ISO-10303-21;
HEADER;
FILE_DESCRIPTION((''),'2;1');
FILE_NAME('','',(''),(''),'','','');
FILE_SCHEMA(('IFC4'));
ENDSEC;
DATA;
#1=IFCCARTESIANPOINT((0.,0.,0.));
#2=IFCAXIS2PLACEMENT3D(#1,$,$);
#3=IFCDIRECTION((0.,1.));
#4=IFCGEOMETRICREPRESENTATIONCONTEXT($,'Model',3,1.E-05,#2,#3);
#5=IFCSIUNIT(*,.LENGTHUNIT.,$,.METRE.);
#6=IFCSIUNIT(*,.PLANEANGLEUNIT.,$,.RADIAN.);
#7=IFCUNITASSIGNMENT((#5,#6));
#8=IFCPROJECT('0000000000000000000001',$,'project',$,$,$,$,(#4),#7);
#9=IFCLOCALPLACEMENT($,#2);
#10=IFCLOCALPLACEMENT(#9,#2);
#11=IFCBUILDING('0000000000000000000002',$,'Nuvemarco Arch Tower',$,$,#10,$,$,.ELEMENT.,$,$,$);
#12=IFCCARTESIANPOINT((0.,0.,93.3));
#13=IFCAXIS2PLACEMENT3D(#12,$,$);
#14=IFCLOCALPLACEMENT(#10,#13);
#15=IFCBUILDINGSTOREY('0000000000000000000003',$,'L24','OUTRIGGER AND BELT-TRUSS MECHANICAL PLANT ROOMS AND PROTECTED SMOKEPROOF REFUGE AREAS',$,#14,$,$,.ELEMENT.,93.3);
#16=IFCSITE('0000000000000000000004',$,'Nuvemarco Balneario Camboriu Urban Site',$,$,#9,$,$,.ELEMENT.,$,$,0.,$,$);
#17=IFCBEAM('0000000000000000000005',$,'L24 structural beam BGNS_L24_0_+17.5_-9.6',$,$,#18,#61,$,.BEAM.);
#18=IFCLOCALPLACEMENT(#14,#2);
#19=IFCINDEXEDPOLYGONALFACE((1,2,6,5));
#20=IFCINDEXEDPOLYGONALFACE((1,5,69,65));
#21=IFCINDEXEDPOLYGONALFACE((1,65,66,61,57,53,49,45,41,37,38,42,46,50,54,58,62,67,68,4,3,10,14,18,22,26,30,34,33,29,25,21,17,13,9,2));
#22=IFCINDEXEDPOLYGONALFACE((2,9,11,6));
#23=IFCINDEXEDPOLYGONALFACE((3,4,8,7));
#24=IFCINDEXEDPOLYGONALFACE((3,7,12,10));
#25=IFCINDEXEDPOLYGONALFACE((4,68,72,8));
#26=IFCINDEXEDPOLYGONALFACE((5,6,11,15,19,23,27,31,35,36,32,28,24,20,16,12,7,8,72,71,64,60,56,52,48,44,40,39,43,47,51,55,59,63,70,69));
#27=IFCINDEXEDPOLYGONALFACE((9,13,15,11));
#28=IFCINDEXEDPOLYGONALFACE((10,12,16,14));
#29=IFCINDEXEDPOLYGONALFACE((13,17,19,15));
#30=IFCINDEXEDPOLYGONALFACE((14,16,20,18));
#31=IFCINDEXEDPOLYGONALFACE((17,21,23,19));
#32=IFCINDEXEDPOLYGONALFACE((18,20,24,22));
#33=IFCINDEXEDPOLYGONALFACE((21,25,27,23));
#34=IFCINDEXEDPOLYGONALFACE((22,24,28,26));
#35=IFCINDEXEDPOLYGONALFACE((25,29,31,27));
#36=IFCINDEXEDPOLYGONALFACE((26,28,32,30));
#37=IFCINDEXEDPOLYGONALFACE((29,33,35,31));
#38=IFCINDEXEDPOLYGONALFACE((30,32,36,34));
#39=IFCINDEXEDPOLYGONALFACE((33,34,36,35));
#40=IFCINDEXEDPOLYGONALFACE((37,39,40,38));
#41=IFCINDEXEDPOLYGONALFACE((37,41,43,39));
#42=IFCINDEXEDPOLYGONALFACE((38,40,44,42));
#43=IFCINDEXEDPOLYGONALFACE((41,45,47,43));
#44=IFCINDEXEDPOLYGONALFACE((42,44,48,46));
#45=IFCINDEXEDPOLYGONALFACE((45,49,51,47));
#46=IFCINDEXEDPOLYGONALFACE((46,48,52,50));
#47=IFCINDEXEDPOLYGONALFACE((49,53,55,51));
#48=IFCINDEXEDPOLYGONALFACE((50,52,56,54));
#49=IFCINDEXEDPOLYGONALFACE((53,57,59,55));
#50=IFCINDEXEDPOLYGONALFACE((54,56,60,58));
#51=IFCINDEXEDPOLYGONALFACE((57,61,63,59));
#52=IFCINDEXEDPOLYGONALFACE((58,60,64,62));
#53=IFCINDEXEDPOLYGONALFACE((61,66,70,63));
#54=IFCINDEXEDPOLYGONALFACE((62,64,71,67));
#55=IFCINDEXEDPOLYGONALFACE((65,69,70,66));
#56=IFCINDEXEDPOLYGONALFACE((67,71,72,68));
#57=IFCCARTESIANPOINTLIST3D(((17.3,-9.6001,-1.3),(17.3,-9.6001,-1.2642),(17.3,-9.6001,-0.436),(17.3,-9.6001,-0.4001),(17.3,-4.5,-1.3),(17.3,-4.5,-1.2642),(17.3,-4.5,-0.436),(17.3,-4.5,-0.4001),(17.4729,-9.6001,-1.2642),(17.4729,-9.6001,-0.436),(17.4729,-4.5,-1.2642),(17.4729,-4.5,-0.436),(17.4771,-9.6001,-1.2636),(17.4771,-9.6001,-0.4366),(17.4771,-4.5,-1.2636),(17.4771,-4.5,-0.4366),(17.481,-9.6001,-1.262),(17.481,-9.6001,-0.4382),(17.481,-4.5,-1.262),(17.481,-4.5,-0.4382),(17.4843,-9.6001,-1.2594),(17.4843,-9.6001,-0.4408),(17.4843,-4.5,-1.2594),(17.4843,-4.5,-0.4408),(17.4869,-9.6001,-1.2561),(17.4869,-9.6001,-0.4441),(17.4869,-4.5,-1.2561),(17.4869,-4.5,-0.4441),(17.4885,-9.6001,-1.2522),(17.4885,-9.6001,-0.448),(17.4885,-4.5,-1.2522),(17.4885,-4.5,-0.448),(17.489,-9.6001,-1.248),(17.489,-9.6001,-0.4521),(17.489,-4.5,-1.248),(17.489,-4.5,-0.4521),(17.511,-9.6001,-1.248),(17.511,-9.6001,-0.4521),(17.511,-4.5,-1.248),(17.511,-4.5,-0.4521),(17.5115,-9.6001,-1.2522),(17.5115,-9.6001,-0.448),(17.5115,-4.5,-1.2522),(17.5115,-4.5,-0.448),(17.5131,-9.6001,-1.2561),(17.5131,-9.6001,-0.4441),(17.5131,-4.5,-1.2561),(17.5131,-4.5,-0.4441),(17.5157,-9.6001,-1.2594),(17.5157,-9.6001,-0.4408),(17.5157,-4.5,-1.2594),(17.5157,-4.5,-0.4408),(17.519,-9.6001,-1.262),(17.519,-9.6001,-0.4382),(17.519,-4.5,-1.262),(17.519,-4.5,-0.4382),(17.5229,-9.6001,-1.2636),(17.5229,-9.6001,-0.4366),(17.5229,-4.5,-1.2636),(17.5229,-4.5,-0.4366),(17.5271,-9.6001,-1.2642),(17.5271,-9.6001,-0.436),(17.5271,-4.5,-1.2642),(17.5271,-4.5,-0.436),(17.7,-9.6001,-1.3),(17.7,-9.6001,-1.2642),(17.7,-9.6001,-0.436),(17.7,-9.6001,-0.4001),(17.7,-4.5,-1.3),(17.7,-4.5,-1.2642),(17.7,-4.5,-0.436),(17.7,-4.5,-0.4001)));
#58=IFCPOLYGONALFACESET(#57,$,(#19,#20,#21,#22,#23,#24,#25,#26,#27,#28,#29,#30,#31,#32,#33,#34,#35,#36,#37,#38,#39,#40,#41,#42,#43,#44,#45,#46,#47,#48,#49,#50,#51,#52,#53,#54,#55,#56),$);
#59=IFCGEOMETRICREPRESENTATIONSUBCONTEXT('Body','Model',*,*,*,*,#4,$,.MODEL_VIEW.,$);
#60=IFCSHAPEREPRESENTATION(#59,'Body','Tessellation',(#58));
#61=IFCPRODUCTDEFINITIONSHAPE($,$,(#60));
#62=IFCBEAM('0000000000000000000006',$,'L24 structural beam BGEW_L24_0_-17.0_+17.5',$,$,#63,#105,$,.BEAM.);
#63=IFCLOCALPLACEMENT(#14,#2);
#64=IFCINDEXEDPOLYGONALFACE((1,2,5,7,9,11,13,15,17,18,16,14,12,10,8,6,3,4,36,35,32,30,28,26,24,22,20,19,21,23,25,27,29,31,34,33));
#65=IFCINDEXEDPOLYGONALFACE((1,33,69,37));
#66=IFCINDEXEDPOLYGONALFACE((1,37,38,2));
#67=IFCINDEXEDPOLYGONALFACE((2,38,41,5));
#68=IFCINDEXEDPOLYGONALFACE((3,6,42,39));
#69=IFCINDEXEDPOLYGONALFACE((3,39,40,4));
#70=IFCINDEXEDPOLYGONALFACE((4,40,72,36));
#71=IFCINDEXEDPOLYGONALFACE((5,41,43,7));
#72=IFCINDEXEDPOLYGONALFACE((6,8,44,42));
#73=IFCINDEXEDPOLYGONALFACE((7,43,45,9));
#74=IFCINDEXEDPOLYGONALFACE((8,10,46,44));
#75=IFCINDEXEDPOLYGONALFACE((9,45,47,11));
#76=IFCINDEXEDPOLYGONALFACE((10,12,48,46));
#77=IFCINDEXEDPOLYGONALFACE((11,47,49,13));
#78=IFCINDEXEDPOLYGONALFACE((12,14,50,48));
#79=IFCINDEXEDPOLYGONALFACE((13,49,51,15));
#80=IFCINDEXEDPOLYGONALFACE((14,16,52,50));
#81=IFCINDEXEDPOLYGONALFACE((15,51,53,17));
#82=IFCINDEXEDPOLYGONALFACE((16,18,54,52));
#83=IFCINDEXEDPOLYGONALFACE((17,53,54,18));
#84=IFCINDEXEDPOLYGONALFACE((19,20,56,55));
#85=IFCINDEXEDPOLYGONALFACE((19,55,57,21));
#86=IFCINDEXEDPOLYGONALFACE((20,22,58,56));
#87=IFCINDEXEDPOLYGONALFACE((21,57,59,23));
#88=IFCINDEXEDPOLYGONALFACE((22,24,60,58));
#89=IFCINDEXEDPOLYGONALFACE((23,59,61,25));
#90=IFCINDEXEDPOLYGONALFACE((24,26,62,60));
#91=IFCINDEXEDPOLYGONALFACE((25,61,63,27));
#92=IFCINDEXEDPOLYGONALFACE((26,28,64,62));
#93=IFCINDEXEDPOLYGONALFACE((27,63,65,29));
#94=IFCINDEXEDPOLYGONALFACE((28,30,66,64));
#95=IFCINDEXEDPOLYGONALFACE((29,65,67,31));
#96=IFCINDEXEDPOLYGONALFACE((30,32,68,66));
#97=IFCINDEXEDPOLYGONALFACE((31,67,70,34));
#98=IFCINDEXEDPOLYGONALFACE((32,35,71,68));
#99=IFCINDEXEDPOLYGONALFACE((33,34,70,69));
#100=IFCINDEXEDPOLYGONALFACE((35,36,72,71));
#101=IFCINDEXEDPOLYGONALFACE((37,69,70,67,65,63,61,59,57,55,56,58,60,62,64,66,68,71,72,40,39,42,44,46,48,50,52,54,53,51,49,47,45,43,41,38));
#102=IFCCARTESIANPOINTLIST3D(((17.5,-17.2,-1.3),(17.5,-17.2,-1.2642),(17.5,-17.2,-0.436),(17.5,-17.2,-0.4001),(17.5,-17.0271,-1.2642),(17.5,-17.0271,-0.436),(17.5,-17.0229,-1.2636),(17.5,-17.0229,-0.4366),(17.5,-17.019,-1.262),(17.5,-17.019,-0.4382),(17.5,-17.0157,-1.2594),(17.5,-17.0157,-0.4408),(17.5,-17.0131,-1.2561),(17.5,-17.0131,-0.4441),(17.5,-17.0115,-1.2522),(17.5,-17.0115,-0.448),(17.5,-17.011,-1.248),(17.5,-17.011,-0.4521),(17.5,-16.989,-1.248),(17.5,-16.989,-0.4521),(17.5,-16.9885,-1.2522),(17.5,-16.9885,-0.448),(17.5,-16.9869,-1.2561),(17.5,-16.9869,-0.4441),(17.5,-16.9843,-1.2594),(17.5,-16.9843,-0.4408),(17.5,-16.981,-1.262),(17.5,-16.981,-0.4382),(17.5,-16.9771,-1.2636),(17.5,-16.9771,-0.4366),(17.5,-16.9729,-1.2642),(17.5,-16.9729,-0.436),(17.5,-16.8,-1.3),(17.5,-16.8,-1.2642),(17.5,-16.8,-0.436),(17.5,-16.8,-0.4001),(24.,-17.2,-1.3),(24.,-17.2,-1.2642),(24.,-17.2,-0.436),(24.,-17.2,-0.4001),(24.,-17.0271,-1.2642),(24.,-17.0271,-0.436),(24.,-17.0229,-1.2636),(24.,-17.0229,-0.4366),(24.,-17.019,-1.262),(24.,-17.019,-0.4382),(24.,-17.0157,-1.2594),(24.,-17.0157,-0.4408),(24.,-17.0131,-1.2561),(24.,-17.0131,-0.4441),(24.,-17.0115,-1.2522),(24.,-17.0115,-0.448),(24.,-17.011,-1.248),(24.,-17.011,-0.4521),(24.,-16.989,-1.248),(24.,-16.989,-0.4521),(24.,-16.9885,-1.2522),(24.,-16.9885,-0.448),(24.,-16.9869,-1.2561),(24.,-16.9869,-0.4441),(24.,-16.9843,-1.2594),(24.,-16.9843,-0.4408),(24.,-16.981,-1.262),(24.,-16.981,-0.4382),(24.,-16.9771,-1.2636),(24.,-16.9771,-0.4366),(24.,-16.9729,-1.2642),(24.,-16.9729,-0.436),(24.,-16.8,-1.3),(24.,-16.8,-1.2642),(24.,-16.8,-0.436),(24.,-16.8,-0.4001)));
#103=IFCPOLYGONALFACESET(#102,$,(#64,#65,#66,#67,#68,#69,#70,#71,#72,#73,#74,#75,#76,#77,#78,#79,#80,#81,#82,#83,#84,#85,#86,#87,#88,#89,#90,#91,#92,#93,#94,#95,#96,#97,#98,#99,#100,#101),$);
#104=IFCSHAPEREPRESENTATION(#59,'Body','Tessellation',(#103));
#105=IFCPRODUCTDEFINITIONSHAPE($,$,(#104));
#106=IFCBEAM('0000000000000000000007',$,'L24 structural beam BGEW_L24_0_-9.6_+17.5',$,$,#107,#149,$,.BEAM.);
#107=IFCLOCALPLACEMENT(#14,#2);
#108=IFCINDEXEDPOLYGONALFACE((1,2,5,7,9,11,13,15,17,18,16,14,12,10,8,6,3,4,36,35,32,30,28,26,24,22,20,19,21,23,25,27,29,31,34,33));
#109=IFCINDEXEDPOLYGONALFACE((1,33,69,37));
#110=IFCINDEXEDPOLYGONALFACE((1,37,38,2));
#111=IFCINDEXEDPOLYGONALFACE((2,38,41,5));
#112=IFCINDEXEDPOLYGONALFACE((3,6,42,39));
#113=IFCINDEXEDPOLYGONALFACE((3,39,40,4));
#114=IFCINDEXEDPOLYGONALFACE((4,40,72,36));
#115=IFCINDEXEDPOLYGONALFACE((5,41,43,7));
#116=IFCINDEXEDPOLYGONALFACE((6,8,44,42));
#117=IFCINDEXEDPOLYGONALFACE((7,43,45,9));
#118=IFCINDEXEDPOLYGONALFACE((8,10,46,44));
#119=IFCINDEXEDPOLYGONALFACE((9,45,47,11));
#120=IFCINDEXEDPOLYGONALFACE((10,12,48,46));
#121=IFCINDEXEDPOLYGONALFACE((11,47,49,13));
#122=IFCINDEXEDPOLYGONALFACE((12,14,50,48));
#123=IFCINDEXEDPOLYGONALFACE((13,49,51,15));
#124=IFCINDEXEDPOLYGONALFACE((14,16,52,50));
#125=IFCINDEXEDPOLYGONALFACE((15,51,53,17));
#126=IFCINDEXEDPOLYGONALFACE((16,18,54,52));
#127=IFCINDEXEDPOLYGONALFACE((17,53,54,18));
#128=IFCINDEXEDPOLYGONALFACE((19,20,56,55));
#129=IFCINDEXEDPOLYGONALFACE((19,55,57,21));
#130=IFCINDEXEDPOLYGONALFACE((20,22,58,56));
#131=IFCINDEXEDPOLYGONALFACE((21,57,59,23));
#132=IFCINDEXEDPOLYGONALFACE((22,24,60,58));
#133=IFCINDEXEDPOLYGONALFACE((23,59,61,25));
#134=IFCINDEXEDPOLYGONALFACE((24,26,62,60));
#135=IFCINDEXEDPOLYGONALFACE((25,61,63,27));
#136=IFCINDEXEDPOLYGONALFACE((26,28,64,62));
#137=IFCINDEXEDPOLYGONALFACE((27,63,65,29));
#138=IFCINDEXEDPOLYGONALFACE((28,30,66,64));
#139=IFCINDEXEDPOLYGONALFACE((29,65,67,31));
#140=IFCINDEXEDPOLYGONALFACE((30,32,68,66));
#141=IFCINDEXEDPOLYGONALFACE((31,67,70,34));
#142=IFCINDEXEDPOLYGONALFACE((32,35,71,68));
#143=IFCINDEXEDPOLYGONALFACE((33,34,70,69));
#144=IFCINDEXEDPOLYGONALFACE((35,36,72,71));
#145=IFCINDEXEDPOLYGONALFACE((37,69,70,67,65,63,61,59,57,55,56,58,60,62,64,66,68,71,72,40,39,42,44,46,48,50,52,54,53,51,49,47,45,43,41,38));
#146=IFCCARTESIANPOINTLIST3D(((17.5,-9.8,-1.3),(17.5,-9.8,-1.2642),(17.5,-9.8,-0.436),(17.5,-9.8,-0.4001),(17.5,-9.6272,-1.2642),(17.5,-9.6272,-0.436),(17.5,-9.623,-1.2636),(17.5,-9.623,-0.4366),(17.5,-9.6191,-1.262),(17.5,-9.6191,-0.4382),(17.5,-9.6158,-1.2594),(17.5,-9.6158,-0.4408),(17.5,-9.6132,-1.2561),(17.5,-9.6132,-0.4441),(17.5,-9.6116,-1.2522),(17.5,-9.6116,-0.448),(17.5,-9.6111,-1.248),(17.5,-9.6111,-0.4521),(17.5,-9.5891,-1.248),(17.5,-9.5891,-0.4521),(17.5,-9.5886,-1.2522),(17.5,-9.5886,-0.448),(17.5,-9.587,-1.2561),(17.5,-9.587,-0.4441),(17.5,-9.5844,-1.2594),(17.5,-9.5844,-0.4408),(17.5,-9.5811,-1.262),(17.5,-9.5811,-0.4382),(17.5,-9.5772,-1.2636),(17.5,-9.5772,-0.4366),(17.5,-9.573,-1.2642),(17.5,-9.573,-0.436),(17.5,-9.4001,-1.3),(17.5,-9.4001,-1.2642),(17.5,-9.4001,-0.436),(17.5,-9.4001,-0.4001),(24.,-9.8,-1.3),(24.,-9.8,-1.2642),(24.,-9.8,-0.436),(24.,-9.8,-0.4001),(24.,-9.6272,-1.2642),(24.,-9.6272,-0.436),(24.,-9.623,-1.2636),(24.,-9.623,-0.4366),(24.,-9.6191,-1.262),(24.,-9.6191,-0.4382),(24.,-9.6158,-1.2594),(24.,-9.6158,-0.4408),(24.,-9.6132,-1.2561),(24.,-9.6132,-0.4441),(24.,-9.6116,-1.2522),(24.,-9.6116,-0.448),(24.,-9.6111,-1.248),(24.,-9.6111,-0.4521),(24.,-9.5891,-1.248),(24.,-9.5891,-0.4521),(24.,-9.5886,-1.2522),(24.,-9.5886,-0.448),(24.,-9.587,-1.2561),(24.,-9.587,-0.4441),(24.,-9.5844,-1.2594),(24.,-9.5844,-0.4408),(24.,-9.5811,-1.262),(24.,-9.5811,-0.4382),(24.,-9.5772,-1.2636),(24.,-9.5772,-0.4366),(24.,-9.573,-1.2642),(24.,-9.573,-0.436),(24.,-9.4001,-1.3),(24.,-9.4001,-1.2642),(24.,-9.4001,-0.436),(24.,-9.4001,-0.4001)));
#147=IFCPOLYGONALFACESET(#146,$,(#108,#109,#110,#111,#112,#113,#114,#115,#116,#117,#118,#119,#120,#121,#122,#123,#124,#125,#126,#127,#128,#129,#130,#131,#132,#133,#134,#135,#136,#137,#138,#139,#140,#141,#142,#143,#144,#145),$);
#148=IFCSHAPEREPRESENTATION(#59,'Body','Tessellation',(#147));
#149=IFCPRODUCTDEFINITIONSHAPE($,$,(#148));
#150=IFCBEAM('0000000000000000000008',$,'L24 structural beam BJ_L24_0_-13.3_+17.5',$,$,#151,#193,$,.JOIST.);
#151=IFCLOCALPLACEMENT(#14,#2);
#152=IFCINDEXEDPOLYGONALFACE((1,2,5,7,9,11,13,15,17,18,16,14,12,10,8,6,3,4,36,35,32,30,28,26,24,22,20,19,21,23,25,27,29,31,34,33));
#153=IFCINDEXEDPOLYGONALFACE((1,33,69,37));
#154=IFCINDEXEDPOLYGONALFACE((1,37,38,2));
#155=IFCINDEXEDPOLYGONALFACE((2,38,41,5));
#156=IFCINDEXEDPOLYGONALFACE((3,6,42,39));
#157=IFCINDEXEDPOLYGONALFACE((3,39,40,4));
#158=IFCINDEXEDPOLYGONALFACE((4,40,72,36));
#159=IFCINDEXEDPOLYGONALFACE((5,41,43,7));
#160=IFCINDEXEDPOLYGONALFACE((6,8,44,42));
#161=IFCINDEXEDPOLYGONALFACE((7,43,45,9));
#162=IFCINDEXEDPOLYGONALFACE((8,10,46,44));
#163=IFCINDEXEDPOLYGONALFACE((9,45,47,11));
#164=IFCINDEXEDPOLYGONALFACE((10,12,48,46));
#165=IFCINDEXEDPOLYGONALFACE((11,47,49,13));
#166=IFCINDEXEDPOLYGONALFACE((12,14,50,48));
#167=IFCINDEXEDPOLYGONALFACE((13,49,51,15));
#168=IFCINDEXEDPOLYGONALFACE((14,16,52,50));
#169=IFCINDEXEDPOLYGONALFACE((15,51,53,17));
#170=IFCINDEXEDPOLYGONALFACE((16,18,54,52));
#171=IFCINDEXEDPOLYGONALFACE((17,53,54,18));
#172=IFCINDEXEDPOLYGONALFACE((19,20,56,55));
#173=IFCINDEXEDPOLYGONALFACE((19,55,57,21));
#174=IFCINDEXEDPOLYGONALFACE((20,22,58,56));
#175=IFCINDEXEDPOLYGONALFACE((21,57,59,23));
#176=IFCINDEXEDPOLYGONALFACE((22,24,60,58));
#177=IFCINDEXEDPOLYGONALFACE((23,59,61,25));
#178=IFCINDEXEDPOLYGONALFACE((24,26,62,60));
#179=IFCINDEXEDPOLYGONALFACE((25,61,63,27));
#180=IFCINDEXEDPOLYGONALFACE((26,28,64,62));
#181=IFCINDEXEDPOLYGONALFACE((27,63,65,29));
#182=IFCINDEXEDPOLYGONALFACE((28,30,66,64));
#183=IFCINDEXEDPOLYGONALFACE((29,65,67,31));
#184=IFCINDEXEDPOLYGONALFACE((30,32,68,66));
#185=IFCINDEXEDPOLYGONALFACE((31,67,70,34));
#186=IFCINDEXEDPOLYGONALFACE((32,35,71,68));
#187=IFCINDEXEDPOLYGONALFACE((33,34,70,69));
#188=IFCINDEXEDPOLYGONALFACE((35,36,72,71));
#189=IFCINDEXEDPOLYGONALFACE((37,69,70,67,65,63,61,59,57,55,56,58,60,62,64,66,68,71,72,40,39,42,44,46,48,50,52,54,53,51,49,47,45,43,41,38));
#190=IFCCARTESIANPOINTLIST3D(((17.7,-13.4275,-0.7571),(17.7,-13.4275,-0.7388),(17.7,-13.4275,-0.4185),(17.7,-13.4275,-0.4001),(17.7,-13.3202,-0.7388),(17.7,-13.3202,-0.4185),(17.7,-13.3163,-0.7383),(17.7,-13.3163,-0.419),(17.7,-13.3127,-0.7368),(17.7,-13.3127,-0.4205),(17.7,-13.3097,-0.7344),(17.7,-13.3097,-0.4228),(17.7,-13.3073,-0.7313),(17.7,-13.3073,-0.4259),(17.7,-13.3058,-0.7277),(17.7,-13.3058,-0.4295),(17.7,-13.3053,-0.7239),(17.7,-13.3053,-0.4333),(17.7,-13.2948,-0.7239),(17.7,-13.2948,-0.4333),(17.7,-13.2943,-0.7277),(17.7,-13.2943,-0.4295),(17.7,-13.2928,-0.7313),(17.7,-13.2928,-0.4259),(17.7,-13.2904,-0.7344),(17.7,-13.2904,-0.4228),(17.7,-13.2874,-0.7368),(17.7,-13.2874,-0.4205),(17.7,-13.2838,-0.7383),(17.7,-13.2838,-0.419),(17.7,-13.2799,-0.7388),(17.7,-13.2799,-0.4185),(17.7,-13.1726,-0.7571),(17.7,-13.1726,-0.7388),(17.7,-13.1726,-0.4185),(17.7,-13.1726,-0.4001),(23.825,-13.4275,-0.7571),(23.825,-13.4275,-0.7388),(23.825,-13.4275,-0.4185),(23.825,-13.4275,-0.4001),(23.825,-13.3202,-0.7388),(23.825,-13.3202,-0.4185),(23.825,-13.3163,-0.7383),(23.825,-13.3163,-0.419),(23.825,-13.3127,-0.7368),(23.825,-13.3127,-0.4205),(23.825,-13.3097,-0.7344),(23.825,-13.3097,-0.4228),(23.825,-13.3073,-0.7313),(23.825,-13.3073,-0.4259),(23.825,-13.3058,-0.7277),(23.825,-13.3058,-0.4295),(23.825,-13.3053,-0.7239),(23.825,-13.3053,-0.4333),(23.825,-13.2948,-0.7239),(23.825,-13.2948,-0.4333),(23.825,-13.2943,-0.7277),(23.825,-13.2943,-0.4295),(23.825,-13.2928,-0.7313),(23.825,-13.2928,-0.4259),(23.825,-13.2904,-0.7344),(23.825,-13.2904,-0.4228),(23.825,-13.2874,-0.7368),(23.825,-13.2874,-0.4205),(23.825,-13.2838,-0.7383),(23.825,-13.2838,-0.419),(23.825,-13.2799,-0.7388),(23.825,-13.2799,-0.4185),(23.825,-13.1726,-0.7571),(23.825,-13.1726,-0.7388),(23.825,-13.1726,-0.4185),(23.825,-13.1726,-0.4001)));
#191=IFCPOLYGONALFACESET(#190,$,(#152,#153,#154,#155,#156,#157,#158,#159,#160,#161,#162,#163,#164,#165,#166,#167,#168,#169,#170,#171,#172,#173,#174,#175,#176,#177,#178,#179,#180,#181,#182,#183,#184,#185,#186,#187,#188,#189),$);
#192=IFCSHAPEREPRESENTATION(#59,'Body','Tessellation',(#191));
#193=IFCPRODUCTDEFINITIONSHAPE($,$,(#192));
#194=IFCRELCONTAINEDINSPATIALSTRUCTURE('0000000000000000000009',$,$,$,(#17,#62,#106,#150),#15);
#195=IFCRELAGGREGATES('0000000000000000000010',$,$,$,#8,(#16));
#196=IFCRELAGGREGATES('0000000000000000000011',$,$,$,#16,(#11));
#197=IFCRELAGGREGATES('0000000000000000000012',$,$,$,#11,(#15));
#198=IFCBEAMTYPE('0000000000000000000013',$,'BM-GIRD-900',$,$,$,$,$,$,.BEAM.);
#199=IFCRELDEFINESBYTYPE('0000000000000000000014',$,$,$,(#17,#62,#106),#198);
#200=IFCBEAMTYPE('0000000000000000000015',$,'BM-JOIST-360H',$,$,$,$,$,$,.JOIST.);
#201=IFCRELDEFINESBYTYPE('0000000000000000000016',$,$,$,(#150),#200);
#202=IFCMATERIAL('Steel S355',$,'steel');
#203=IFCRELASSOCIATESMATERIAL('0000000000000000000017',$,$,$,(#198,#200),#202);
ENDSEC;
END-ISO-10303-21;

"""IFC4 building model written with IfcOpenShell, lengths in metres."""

from ifc_helpers import new_model, si_unit, direction, frame, origin, origin_2d, place, context, subcontext, project, spatial, i_section, extrude, material, material_profile, profile_set, type_object, element, save


model = new_model("IFC4")

# Units and contexts
model_context = context("Model", 3, precision=1e-05, world=origin(), true_north=direction((0.0, 1.0)))
body_context = subcontext(model_context, "Body", "Model", "MODEL_VIEW")
ifc_project = project(units=[si_unit("LENGTHUNIT", "METRE"), si_unit("PLANEANGLEUNIT", "RADIAN")], contexts=[model_context])

# Site, building, storey
site_placement = place(None, origin())
site = spatial("IfcSite", under=ifc_project, at=site_placement, Name="Nuvemarco Balneario Camboriu Urban Site", CompositionType="ELEMENT", RefElevation=0.0)
building_placement = place(site_placement, origin())
building = spatial("IfcBuilding", under=site, at=building_placement, Name="Nuvemarco Arch Tower", CompositionType="ELEMENT")
storey_placement = place(building_placement, frame((0.0, 0.0, 93.3)))
storey = spatial("IfcBuildingStorey", under=building, at=storey_placement, Name="L24", Description="OUTRIGGER AND BELT-TRUSS MECHANICAL PLANT ROOMS AND PROTECTED SMOKEPROOF REFUGE AREAS", CompositionType="ELEMENT", Elevation=93.3)

# Shared definitions
ifc_material_1 = material(Name="Steel S355", Category="steel")

# Beams
ifc_material_profile_1 = material_profile(ifc_material_1, i_section(OverallWidth=0.3999, OverallDepth=0.8999, WebThickness=0.022, FlangeThickness=0.0359, FilletRadius=0.0161, at=origin_2d()), Name="PG900x400")
ifc_profile_set_1 = profile_set([ifc_material_profile_1], Name="Steel S355")
beam_type_1 = type_object("IfcBeamType", Name="BM-GIRD-900", PredefinedType="BEAM", material=ifc_profile_set_1)
beam_1_placement = place(storey_placement, frame((17.5, -9.6001, -0.8501), z_axis=(0.0, 1.0, 0.0), x_axis=(-1.0, 0.0, 0.0)))
element("IfcBeam", 1, at=beam_1_placement, inside=storey, type_object=beam_type_1, Name="L24 structural beam BGNS_L24_0_+17.5_-9.6", PredefinedType="BEAM", context=body_context, shape_type="SweptSolid", body=[
    extrude(i_section(OverallWidth=0.3999, OverallDepth=0.8999, WebThickness=0.022, FlangeThickness=0.0359, FilletRadius=0.0161, at=origin_2d()), origin(), (0.0, 0.0, 1.0), 5.1001),
])
for number, where, z_axis, x_axis, name in (
    (2, (17.5, -17.0, -0.8501), (1.0, 0.0, 0.0), (0.0, 1.0, 0.0), "L24 structural beam BGEW_L24_0_-17.0_+17.5"),
    (3, (17.5, -9.6001, -0.8501), (1.0, 0.0, 0.0), (0.0, 1.0, 0.0), "L24 structural beam BGEW_L24_0_-9.6_+17.5"),
):
    element("IfcBeam", number, at=place(storey_placement, frame(where, z_axis=z_axis, x_axis=x_axis)), inside=storey, type_object=beam_type_1, Name=name, PredefinedType="BEAM", context=body_context, shape_type="SweptSolid", body=[
        extrude(i_section(OverallWidth=0.3999, OverallDepth=0.8999, WebThickness=0.022, FlangeThickness=0.0359, FilletRadius=0.0161, at=origin_2d()), origin(), (0.0, 0.0, 1.0), 6.5),
    ])
ifc_material_profile_2 = material_profile(ifc_material_1, i_section(OverallWidth=0.2549, OverallDepth=0.3569, WebThickness=0.0105, FlangeThickness=0.0183, FilletRadius=0.0149, at=origin_2d()), Name="W360x101")
ifc_profile_set_2 = profile_set([ifc_material_profile_2], Name="Steel S355")
beam_type_2 = type_object("IfcBeamType", Name="BM-JOIST-360H", PredefinedType="JOIST", material=ifc_profile_set_2)
beam_2_placement = place(storey_placement, frame((17.7, -13.3, -0.5786), z_axis=(1.0, 0.0, 0.0), x_axis=(0.0, 1.0, 0.0)))
element("IfcBeam", 4, at=beam_2_placement, inside=storey, type_object=beam_type_2, Name="L24 structural beam BJ_L24_0_-13.3_+17.5", PredefinedType="JOIST", context=body_context, shape_type="SweptSolid", body=[
    extrude(i_section(OverallWidth=0.2549, OverallDepth=0.3569, WebThickness=0.0105, FlangeThickness=0.0183, FilletRadius=0.0149, at=origin_2d()), origin(), (0.0, 0.0, 1.0), 6.125),
])

save(model, "model.ifc")
